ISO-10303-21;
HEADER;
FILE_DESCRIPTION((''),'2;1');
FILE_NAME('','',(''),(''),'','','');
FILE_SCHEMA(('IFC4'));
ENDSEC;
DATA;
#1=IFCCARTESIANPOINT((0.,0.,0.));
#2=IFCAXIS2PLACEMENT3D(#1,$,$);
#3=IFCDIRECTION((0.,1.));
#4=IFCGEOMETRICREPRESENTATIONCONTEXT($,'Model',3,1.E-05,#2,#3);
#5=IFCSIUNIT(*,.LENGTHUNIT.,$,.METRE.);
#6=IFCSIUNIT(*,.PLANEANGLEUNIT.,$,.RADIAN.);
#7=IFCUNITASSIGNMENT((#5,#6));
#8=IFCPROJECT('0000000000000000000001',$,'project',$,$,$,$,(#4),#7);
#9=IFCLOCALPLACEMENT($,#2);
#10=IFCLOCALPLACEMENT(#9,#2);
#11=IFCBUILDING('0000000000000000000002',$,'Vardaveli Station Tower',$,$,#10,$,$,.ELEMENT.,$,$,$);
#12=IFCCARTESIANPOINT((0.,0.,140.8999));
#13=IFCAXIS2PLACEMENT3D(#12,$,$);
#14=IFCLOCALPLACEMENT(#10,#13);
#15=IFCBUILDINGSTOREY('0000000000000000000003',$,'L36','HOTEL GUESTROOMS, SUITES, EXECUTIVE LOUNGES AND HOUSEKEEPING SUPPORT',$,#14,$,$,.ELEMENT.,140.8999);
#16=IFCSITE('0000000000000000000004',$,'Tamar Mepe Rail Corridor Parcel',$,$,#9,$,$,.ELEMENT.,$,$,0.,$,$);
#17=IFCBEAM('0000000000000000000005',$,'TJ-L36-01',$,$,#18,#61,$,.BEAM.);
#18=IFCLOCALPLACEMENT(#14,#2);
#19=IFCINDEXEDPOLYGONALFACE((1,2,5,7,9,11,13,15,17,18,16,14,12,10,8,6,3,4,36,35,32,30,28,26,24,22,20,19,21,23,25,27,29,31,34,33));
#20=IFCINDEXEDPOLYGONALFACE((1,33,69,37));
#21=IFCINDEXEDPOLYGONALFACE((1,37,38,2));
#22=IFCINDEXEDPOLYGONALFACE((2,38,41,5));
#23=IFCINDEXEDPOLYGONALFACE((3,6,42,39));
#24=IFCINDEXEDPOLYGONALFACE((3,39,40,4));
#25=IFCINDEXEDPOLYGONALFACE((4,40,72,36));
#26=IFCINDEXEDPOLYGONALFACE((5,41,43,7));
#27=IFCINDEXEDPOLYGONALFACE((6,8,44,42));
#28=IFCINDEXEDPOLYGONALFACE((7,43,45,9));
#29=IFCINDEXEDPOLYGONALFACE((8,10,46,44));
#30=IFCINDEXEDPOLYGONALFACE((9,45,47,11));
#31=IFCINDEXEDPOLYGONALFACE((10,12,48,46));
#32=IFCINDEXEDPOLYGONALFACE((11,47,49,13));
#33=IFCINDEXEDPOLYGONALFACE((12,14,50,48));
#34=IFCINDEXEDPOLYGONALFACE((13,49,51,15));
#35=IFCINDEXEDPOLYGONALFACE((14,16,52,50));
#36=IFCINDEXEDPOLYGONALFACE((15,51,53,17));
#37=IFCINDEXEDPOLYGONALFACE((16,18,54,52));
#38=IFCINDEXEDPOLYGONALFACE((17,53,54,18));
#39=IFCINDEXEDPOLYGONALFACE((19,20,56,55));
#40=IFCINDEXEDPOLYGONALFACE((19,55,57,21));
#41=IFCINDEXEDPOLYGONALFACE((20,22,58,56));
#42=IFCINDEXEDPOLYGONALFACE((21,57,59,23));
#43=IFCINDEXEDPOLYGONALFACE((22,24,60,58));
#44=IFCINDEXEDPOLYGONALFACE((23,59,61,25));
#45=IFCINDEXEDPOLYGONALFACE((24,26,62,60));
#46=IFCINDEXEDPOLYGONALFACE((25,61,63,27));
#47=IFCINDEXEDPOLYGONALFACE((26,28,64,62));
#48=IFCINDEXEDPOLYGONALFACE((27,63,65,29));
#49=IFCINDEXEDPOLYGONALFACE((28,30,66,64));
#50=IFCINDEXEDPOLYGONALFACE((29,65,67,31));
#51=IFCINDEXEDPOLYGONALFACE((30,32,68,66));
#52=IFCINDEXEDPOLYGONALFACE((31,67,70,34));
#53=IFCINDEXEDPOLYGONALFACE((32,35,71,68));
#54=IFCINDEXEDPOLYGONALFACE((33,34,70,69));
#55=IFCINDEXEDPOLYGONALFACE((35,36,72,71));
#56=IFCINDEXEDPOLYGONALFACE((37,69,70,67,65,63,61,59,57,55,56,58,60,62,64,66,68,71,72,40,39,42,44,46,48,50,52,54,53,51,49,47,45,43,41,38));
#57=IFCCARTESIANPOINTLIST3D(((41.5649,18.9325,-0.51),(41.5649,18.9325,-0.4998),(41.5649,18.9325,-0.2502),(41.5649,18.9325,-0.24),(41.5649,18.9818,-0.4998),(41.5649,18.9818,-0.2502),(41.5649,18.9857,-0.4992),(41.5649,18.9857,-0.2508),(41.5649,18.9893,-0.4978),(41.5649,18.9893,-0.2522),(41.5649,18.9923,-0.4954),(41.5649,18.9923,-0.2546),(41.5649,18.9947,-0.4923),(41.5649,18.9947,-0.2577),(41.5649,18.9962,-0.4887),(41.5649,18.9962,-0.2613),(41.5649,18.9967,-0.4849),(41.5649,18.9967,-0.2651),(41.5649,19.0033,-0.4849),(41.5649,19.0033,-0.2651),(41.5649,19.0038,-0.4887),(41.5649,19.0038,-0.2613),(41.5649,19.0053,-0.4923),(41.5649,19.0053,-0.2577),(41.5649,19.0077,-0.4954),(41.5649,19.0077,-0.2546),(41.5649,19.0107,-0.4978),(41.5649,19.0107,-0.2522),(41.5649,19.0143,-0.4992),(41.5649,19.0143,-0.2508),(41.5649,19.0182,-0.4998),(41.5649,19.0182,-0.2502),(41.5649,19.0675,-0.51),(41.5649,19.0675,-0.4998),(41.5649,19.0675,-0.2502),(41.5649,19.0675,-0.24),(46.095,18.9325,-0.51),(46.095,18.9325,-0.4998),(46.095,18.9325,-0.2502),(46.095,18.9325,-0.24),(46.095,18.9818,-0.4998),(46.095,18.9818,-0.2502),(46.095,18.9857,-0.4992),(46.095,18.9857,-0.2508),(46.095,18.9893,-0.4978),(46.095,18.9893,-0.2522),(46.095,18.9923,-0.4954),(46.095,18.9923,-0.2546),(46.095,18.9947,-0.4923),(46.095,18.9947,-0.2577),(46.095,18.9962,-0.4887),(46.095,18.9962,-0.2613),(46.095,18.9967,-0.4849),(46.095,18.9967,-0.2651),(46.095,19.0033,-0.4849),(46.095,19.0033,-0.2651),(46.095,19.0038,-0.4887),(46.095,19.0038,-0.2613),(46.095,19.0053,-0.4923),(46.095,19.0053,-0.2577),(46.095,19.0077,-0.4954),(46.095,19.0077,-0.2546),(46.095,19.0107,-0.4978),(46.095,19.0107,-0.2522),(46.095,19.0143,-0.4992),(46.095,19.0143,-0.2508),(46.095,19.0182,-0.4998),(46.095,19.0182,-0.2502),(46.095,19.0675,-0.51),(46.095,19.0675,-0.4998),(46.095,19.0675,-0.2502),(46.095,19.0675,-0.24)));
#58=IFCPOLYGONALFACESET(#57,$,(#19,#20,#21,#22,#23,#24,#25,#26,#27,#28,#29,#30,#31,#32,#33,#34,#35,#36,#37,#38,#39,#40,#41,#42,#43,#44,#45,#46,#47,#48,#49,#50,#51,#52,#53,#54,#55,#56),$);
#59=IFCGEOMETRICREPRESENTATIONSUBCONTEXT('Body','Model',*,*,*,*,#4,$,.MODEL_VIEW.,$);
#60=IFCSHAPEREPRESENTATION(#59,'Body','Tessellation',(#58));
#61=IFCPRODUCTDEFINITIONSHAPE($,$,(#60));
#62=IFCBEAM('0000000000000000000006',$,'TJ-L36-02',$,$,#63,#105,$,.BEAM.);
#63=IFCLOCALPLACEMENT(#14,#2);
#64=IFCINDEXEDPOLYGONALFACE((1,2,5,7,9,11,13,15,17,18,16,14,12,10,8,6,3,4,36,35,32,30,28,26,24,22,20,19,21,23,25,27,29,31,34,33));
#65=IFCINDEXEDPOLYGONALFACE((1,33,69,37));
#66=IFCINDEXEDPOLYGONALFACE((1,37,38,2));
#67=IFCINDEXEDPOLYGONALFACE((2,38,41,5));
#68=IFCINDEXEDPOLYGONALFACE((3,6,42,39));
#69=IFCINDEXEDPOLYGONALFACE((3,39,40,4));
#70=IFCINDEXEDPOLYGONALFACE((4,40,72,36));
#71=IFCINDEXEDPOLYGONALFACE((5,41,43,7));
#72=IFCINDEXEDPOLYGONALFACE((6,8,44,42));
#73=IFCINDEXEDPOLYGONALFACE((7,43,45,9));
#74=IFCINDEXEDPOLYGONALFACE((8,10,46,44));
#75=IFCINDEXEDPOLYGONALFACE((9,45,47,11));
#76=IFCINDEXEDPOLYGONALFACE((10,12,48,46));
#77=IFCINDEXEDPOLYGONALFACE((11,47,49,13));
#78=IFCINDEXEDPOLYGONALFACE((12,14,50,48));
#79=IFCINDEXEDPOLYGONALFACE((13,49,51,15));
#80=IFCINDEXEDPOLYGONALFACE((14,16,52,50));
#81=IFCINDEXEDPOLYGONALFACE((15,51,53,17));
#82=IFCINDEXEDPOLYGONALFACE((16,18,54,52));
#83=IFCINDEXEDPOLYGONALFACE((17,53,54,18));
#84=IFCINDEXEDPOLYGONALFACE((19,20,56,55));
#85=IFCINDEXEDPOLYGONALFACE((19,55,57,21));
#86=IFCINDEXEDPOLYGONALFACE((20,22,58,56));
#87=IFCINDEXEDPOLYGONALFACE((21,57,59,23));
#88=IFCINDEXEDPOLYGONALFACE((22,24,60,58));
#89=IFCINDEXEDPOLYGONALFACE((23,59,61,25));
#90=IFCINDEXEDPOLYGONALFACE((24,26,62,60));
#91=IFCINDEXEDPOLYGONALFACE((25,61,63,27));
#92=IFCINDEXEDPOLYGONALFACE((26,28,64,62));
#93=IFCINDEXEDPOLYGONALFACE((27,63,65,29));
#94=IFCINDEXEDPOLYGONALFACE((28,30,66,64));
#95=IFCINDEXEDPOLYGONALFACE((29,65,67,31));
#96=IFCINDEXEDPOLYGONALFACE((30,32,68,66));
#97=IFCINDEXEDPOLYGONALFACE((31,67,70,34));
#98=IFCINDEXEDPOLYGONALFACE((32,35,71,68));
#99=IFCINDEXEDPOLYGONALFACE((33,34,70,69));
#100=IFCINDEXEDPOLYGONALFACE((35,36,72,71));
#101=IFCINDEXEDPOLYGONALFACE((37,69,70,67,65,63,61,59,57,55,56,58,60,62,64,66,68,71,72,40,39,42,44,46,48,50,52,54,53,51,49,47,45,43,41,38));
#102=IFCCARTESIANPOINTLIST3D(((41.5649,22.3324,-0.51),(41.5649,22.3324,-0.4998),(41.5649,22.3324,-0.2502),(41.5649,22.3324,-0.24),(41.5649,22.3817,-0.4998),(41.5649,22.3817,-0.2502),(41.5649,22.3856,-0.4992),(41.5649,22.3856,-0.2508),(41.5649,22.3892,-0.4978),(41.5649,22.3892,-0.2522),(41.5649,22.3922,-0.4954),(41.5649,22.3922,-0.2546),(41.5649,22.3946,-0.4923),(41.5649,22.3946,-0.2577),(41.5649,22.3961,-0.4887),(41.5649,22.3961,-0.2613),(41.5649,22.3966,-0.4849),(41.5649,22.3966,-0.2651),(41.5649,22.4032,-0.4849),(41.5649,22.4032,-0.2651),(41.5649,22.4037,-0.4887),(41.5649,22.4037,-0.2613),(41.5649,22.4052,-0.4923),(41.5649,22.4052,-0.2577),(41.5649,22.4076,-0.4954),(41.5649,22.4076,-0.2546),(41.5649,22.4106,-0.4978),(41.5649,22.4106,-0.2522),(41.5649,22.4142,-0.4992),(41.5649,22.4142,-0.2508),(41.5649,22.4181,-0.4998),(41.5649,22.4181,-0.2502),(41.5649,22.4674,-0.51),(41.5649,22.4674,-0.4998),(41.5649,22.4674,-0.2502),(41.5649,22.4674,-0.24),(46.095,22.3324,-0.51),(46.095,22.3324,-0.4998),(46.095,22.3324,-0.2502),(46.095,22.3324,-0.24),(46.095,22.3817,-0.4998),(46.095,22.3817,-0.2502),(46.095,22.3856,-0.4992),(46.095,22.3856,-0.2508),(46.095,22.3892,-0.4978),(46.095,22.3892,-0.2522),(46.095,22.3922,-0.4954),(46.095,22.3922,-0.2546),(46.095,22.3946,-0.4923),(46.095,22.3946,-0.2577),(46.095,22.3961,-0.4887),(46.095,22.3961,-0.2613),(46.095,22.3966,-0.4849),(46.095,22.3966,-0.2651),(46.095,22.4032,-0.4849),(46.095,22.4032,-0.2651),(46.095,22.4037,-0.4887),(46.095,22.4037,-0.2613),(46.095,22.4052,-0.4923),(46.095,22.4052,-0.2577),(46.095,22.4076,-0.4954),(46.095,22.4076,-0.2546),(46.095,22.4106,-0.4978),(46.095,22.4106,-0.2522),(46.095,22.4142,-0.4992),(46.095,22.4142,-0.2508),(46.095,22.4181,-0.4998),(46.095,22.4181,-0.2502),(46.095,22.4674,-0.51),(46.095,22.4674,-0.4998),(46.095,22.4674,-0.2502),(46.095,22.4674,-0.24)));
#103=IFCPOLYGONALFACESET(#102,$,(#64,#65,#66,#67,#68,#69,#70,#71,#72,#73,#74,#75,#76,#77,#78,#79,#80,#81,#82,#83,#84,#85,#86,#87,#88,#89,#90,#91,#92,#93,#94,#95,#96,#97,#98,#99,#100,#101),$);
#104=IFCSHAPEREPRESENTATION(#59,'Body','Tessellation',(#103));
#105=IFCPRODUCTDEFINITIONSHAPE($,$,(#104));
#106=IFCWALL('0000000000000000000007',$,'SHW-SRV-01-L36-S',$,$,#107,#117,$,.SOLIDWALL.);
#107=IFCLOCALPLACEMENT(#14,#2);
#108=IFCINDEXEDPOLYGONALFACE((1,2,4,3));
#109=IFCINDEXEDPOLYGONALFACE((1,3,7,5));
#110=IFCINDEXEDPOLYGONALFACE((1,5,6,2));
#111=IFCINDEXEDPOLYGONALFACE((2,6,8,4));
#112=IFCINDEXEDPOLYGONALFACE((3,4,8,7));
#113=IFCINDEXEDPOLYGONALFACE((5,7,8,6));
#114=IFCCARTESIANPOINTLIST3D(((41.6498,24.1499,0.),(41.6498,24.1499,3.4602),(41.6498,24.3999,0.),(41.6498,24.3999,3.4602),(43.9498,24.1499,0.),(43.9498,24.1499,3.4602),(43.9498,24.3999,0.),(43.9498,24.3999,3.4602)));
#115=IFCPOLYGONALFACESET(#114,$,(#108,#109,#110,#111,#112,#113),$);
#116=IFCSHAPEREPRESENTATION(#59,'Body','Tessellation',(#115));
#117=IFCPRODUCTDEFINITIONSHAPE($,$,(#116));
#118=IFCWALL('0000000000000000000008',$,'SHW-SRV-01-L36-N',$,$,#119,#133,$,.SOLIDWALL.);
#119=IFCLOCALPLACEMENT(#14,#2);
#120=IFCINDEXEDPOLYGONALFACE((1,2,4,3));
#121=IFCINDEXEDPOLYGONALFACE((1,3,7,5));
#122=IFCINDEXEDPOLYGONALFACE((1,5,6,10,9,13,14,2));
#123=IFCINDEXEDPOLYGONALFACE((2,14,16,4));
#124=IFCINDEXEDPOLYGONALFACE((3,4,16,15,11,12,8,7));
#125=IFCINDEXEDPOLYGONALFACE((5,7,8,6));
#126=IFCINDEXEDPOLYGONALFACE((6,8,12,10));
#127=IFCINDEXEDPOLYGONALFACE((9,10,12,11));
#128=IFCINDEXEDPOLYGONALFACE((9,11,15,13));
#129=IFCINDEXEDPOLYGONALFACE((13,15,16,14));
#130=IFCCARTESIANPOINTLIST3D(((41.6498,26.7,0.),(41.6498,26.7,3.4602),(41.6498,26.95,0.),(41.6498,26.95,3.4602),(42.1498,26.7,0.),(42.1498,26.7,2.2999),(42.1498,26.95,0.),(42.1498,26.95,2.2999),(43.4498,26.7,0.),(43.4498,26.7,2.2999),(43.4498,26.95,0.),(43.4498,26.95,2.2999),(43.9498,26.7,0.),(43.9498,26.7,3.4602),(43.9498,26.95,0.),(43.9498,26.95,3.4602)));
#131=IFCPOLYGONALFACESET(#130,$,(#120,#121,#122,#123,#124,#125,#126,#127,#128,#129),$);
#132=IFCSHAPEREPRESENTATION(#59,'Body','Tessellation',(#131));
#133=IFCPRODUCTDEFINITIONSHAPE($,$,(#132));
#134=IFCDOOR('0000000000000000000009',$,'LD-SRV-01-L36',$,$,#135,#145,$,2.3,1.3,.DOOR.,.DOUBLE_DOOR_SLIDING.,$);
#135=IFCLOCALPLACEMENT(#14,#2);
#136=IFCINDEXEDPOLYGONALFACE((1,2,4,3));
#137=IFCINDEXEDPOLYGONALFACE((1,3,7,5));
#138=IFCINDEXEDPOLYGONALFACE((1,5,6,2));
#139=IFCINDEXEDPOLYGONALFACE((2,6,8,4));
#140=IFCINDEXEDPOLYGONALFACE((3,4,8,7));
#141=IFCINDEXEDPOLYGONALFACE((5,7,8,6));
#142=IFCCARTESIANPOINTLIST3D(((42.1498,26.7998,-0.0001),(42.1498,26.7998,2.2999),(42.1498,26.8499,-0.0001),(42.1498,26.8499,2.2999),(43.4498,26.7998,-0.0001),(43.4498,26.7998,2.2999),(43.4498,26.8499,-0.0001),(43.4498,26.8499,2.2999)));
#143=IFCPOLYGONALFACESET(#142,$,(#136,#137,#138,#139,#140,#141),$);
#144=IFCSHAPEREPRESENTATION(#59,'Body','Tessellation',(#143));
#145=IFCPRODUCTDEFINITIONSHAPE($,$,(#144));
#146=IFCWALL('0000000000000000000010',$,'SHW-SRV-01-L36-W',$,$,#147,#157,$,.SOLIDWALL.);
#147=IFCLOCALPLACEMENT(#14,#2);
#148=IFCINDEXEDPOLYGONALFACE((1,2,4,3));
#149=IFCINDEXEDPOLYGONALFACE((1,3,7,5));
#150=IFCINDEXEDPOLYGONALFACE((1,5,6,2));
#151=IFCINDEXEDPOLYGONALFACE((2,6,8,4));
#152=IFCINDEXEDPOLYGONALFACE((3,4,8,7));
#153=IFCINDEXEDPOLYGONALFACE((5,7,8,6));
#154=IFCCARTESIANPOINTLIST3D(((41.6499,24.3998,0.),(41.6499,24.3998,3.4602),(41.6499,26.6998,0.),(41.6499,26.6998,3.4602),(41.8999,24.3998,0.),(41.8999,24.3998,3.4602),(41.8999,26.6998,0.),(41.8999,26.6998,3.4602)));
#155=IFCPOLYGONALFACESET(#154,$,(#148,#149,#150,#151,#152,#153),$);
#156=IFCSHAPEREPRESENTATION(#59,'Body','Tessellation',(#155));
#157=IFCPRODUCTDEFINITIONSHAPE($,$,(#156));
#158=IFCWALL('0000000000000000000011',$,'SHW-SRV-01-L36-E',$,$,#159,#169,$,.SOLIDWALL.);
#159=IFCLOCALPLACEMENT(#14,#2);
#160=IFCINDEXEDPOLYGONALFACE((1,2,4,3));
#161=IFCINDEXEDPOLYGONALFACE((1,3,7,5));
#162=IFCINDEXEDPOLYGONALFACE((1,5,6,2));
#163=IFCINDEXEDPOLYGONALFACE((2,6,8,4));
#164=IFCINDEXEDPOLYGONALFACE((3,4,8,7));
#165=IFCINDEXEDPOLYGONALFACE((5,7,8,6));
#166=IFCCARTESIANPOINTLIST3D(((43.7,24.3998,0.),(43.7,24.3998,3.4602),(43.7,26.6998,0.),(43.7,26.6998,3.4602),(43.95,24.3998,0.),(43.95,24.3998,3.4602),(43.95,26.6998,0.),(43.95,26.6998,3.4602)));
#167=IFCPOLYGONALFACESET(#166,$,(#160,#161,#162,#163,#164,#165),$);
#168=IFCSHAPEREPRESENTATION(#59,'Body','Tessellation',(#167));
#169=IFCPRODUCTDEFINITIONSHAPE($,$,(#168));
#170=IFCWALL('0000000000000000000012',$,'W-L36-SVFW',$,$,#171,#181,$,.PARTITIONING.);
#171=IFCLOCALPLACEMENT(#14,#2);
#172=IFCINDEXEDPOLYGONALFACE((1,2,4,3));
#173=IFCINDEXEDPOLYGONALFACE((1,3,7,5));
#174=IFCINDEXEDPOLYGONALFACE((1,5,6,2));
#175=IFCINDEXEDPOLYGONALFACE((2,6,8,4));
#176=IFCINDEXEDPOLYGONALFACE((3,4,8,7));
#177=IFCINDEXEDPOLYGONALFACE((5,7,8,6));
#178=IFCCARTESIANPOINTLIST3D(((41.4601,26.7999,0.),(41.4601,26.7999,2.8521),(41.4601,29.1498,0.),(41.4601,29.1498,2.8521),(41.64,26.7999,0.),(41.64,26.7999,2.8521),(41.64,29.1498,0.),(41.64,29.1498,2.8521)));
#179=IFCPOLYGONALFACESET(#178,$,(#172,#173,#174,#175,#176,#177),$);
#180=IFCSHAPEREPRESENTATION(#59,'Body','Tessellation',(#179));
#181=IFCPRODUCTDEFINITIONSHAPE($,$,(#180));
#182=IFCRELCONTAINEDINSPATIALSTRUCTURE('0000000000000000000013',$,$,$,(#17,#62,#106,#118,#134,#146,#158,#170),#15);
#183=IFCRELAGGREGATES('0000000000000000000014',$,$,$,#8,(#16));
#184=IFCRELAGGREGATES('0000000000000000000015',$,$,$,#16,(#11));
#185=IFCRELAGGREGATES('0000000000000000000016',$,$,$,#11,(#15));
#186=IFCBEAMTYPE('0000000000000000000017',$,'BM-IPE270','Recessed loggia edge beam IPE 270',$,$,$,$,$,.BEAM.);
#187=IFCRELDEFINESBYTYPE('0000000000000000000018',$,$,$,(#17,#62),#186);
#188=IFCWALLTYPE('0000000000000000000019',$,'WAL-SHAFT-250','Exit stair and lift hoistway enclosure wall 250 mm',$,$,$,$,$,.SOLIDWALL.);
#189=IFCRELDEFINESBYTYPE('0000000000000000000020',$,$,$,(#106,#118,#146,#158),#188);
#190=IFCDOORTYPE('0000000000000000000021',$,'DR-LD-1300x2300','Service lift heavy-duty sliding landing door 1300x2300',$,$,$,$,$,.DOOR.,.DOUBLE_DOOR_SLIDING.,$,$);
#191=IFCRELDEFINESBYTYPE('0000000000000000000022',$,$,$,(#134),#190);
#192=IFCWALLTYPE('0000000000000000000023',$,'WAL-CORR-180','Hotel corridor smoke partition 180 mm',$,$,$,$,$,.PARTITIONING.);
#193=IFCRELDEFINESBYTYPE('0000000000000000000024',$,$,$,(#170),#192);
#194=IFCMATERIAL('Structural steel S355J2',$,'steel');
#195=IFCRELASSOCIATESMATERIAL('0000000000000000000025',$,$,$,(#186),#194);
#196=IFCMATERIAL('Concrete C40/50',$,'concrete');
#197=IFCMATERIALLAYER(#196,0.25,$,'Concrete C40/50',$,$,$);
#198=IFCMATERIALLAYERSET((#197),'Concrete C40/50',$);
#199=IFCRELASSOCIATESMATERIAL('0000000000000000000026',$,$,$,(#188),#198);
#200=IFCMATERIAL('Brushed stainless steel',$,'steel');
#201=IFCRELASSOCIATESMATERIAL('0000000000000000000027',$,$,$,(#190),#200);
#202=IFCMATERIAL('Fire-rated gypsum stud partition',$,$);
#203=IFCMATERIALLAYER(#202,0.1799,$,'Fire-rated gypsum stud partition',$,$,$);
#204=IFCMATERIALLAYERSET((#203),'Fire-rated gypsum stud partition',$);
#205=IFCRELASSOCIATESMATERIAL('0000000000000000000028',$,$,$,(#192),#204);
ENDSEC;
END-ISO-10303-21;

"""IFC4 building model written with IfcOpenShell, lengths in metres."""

from ifc_helpers import new_model, si_unit, direction, frame, frame_2d, origin, origin_2d, place, context, subcontext, project, spatial, rectangle, i_section, extrude, source, transform, mapped, material, layer, layer_set, material_profile, profile_set, type_object, element, fill, save


model = new_model("IFC4")

# Units and contexts
model_context = context("Model", 3, precision=1e-05, world=origin(), true_north=direction((0.0, 1.0)))
body_context = subcontext(model_context, "Body", "Model", "MODEL_VIEW")
ifc_project = project(units=[si_unit("LENGTHUNIT", "METRE"), si_unit("PLANEANGLEUNIT", "RADIAN")], contexts=[model_context])

# Site, building, storey
site_placement = place(None, origin())
site = spatial("IfcSite", under=ifc_project, at=site_placement, Name="Tamar Mepe Rail Corridor Parcel", CompositionType="ELEMENT", RefElevation=0.0)
building_placement = place(site_placement, origin())
building = spatial("IfcBuilding", under=site, at=building_placement, Name="Vardaveli Station Tower", CompositionType="ELEMENT")
storey_placement = place(building_placement, frame((0.0, 0.0, 140.8999)))
storey = spatial("IfcBuildingStorey", under=building, at=storey_placement, Name="L36", Description="HOTEL GUESTROOMS, SUITES, EXECUTIVE LOUNGES AND HOUSEKEEPING SUPPORT", CompositionType="ELEMENT", Elevation=140.8999)

# Beams
ifc_material_1 = material(Name="Structural steel S355J2", Category="steel")
ifc_material_profile_1 = material_profile(ifc_material_1, i_section(OverallWidth=0.135, OverallDepth=0.27, WebThickness=0.0066, FlangeThickness=0.0103, FilletRadius=0.0149, at=origin_2d()), Name="IPE 270")
ifc_profile_set_1 = profile_set([ifc_material_profile_1], Name="Structural steel S355J2")
beam_type_1 = type_object("IfcBeamType", Name="BM-IPE270", Description="Recessed loggia edge beam IPE 270", PredefinedType="BEAM", material=ifc_profile_set_1)
shared_shape_1 = source(origin(), body_context, "Body", "SweptSolid", [
    extrude(i_section(OverallWidth=0.135, OverallDepth=0.27, WebThickness=0.0066, FlangeThickness=0.0103, FilletRadius=0.0149, at=origin_2d()), origin(), (0.0, 0.0, 1.0), 4.53),
])
for number, where, z_axis, x_axis, name in (
    (1, (41.5649, 19.0, -0.375), (1.0, 0.0, 0.0), (0.0, 1.0, 0.0), "TJ-L36-01"),
    (2, (41.5649, 22.3999, -0.375), (1.0, 0.0, 0.0), (0.0, 1.0, 0.0), "TJ-L36-02"),
):
    element("IfcBeam", number, at=place(storey_placement, frame(where, z_axis=z_axis, x_axis=x_axis)), inside=storey, type_object=beam_type_1, Name=name, PredefinedType="BEAM", context=body_context, shape_type="MappedRepresentation", body=[
        mapped(shared_shape_1, transform((0.0, 0.0, 0.0), scale=1.0)),
    ])

# Wall
ifc_material_2 = material(Name="Concrete C40/50", Category="concrete")
ifc_layer_1 = layer(ifc_material_2, 0.25, Name="Concrete C40/50")
ifc_layer_set_1 = layer_set([ifc_layer_1], Name="Concrete C40/50")
wall_type_1 = type_object("IfcWallType", Name="WAL-SHAFT-250", Description="Exit stair and lift hoistway enclosure wall 250 mm", PredefinedType="SOLIDWALL", material=ifc_layer_set_1)
shared_shape_2 = source(origin(), body_context, "Body", "SweptSolid", [
    extrude(rectangle(XDim=2.3, YDim=0.25, at=frame_2d((1.1499, 0.0))), origin(), (0.0, 0.0, 1.0), 3.4602),
])
wall_1_placement = place(storey_placement, frame((41.6499, 24.2749, 0.0), z_axis=(0.0, 0.0, 1.0), x_axis=(1.0, 0.0, 0.0)))
element("IfcWall", 3, at=wall_1_placement, inside=storey, type_object=wall_type_1, Name="SHW-SRV-01-L36-S", PredefinedType="SOLIDWALL", context=body_context, shape_type="MappedRepresentation", body=[
    mapped(shared_shape_2, transform((0.0, 0.0, 0.0), scale=1.0)),
])

# Wall, opening, door
wall_2_placement = place(storey_placement, frame((41.6499, 26.825, 0.0), z_axis=(0.0, 0.0, 1.0), x_axis=(1.0, 0.0, 0.0)))
wall_2 = element("IfcWall", 4, at=wall_2_placement, inside=storey, type_object=wall_type_1, Name="SHW-SRV-01-L36-N", PredefinedType="SOLIDWALL", context=body_context, shape_type="MappedRepresentation", body=[
    mapped(shared_shape_2, transform((0.0, 0.0, 0.0), scale=1.0)),
])
shared_shape_3 = source(origin(), body_context, "Body", "SweptSolid", [
    extrude(rectangle(XDim=1.3, YDim=2.3, at=frame_2d((0.6499, 1.1499))), frame((0.0, 0.135, 0.0), z_axis=(0.0, -1.0, 0.0), x_axis=(1.0, 0.0, 0.0)), (0.0, 0.0, 1.0), 0.27),
])
opening_placement = place(wall_2_placement, frame((0.5, 0.0, 0.0)))
opening = element("IfcOpeningElement", 5, at=opening_placement, cuts=wall_2, PredefinedType="OPENING", context=body_context, shape_type="MappedRepresentation", body=[
    mapped(shared_shape_3, transform((0.0, 0.0, 0.0), scale=1.0)),
])
ifc_material_3 = material(Name="Brushed stainless steel", Category="steel")
door_type = type_object("IfcDoorType", Name="DR-LD-1300x2300", Description="Service lift heavy-duty sliding landing door 1300x2300", OperationType="DOUBLE_DOOR_SLIDING", PredefinedType="DOOR", material=ifc_material_3)
shared_shape_4 = source(origin(), body_context, "Body", "SweptSolid", [
    extrude(rectangle(XDim=1.3, YDim=2.3, at=frame_2d((0.6499, 1.1499))), frame((0.0, 0.0249, 0.0), z_axis=(0.0, -1.0, 0.0), x_axis=(1.0, 0.0, 0.0)), (0.0, 0.0, 1.0), 0.05),
])
door_placement = place(opening_placement, origin())
door = element("IfcDoor", 6, at=door_placement, inside=storey, type_object=door_type, Name="LD-SRV-01-L36", OperationType="DOUBLE_DOOR_SLIDING", OverallHeight=2.3, OverallWidth=1.3, PredefinedType="DOOR", context=body_context, shape_type="MappedRepresentation", body=[
    mapped(shared_shape_4, transform((0.0, 0.0, 0.0), scale=1.0)),
])
fill(opening, door)

# Walls
for number, where, z_axis, x_axis, name in (
    (7, (41.7749, 24.3999, 0.0), (0.0, 0.0, 1.0), (0.0, 1.0, 0.0), "SHW-SRV-01-L36-W"),
    (8, (43.825, 24.3999, 0.0), (0.0, 0.0, 1.0), (0.0, 1.0, 0.0), "SHW-SRV-01-L36-E"),
):
    element("IfcWall", number, at=place(storey_placement, frame(where, z_axis=z_axis, x_axis=x_axis)), inside=storey, type_object=wall_type_1, Name=name, PredefinedType="SOLIDWALL", context=body_context, shape_type="MappedRepresentation", body=[
        mapped(shared_shape_2, transform((0.0, 0.0, 0.0), scale=1.0)),
    ])
ifc_material_4 = material(Name="Fire-rated gypsum stud partition")
ifc_layer_2 = layer(ifc_material_4, 0.1799, Name="Fire-rated gypsum stud partition")
ifc_layer_set_2 = layer_set([ifc_layer_2], Name="Fire-rated gypsum stud partition")
wall_type_2 = type_object("IfcWallType", Name="WAL-CORR-180", Description="Hotel corridor smoke partition 180 mm", PredefinedType="PARTITIONING", material=ifc_layer_set_2)
shared_shape_5 = source(origin(), body_context, "Body", "SweptSolid", [
    extrude(rectangle(XDim=2.3499, YDim=0.1799, at=frame_2d((1.1748, 0.0))), origin(), (0.0, 0.0, 1.0), 2.8521),
])
wall_3_placement = place(storey_placement, frame((41.55, 26.8, 0.0), z_axis=(0.0, 0.0, 1.0), x_axis=(0.0, 1.0, 0.0)))
element("IfcWall", 9, at=wall_3_placement, inside=storey, type_object=wall_type_2, Name="W-L36-SVFW", PredefinedType="PARTITIONING", context=body_context, shape_type="MappedRepresentation", body=[
    mapped(shared_shape_5, transform((0.0, 0.0, 0.0), scale=1.0)),
])

save(model, "model.ifc")
